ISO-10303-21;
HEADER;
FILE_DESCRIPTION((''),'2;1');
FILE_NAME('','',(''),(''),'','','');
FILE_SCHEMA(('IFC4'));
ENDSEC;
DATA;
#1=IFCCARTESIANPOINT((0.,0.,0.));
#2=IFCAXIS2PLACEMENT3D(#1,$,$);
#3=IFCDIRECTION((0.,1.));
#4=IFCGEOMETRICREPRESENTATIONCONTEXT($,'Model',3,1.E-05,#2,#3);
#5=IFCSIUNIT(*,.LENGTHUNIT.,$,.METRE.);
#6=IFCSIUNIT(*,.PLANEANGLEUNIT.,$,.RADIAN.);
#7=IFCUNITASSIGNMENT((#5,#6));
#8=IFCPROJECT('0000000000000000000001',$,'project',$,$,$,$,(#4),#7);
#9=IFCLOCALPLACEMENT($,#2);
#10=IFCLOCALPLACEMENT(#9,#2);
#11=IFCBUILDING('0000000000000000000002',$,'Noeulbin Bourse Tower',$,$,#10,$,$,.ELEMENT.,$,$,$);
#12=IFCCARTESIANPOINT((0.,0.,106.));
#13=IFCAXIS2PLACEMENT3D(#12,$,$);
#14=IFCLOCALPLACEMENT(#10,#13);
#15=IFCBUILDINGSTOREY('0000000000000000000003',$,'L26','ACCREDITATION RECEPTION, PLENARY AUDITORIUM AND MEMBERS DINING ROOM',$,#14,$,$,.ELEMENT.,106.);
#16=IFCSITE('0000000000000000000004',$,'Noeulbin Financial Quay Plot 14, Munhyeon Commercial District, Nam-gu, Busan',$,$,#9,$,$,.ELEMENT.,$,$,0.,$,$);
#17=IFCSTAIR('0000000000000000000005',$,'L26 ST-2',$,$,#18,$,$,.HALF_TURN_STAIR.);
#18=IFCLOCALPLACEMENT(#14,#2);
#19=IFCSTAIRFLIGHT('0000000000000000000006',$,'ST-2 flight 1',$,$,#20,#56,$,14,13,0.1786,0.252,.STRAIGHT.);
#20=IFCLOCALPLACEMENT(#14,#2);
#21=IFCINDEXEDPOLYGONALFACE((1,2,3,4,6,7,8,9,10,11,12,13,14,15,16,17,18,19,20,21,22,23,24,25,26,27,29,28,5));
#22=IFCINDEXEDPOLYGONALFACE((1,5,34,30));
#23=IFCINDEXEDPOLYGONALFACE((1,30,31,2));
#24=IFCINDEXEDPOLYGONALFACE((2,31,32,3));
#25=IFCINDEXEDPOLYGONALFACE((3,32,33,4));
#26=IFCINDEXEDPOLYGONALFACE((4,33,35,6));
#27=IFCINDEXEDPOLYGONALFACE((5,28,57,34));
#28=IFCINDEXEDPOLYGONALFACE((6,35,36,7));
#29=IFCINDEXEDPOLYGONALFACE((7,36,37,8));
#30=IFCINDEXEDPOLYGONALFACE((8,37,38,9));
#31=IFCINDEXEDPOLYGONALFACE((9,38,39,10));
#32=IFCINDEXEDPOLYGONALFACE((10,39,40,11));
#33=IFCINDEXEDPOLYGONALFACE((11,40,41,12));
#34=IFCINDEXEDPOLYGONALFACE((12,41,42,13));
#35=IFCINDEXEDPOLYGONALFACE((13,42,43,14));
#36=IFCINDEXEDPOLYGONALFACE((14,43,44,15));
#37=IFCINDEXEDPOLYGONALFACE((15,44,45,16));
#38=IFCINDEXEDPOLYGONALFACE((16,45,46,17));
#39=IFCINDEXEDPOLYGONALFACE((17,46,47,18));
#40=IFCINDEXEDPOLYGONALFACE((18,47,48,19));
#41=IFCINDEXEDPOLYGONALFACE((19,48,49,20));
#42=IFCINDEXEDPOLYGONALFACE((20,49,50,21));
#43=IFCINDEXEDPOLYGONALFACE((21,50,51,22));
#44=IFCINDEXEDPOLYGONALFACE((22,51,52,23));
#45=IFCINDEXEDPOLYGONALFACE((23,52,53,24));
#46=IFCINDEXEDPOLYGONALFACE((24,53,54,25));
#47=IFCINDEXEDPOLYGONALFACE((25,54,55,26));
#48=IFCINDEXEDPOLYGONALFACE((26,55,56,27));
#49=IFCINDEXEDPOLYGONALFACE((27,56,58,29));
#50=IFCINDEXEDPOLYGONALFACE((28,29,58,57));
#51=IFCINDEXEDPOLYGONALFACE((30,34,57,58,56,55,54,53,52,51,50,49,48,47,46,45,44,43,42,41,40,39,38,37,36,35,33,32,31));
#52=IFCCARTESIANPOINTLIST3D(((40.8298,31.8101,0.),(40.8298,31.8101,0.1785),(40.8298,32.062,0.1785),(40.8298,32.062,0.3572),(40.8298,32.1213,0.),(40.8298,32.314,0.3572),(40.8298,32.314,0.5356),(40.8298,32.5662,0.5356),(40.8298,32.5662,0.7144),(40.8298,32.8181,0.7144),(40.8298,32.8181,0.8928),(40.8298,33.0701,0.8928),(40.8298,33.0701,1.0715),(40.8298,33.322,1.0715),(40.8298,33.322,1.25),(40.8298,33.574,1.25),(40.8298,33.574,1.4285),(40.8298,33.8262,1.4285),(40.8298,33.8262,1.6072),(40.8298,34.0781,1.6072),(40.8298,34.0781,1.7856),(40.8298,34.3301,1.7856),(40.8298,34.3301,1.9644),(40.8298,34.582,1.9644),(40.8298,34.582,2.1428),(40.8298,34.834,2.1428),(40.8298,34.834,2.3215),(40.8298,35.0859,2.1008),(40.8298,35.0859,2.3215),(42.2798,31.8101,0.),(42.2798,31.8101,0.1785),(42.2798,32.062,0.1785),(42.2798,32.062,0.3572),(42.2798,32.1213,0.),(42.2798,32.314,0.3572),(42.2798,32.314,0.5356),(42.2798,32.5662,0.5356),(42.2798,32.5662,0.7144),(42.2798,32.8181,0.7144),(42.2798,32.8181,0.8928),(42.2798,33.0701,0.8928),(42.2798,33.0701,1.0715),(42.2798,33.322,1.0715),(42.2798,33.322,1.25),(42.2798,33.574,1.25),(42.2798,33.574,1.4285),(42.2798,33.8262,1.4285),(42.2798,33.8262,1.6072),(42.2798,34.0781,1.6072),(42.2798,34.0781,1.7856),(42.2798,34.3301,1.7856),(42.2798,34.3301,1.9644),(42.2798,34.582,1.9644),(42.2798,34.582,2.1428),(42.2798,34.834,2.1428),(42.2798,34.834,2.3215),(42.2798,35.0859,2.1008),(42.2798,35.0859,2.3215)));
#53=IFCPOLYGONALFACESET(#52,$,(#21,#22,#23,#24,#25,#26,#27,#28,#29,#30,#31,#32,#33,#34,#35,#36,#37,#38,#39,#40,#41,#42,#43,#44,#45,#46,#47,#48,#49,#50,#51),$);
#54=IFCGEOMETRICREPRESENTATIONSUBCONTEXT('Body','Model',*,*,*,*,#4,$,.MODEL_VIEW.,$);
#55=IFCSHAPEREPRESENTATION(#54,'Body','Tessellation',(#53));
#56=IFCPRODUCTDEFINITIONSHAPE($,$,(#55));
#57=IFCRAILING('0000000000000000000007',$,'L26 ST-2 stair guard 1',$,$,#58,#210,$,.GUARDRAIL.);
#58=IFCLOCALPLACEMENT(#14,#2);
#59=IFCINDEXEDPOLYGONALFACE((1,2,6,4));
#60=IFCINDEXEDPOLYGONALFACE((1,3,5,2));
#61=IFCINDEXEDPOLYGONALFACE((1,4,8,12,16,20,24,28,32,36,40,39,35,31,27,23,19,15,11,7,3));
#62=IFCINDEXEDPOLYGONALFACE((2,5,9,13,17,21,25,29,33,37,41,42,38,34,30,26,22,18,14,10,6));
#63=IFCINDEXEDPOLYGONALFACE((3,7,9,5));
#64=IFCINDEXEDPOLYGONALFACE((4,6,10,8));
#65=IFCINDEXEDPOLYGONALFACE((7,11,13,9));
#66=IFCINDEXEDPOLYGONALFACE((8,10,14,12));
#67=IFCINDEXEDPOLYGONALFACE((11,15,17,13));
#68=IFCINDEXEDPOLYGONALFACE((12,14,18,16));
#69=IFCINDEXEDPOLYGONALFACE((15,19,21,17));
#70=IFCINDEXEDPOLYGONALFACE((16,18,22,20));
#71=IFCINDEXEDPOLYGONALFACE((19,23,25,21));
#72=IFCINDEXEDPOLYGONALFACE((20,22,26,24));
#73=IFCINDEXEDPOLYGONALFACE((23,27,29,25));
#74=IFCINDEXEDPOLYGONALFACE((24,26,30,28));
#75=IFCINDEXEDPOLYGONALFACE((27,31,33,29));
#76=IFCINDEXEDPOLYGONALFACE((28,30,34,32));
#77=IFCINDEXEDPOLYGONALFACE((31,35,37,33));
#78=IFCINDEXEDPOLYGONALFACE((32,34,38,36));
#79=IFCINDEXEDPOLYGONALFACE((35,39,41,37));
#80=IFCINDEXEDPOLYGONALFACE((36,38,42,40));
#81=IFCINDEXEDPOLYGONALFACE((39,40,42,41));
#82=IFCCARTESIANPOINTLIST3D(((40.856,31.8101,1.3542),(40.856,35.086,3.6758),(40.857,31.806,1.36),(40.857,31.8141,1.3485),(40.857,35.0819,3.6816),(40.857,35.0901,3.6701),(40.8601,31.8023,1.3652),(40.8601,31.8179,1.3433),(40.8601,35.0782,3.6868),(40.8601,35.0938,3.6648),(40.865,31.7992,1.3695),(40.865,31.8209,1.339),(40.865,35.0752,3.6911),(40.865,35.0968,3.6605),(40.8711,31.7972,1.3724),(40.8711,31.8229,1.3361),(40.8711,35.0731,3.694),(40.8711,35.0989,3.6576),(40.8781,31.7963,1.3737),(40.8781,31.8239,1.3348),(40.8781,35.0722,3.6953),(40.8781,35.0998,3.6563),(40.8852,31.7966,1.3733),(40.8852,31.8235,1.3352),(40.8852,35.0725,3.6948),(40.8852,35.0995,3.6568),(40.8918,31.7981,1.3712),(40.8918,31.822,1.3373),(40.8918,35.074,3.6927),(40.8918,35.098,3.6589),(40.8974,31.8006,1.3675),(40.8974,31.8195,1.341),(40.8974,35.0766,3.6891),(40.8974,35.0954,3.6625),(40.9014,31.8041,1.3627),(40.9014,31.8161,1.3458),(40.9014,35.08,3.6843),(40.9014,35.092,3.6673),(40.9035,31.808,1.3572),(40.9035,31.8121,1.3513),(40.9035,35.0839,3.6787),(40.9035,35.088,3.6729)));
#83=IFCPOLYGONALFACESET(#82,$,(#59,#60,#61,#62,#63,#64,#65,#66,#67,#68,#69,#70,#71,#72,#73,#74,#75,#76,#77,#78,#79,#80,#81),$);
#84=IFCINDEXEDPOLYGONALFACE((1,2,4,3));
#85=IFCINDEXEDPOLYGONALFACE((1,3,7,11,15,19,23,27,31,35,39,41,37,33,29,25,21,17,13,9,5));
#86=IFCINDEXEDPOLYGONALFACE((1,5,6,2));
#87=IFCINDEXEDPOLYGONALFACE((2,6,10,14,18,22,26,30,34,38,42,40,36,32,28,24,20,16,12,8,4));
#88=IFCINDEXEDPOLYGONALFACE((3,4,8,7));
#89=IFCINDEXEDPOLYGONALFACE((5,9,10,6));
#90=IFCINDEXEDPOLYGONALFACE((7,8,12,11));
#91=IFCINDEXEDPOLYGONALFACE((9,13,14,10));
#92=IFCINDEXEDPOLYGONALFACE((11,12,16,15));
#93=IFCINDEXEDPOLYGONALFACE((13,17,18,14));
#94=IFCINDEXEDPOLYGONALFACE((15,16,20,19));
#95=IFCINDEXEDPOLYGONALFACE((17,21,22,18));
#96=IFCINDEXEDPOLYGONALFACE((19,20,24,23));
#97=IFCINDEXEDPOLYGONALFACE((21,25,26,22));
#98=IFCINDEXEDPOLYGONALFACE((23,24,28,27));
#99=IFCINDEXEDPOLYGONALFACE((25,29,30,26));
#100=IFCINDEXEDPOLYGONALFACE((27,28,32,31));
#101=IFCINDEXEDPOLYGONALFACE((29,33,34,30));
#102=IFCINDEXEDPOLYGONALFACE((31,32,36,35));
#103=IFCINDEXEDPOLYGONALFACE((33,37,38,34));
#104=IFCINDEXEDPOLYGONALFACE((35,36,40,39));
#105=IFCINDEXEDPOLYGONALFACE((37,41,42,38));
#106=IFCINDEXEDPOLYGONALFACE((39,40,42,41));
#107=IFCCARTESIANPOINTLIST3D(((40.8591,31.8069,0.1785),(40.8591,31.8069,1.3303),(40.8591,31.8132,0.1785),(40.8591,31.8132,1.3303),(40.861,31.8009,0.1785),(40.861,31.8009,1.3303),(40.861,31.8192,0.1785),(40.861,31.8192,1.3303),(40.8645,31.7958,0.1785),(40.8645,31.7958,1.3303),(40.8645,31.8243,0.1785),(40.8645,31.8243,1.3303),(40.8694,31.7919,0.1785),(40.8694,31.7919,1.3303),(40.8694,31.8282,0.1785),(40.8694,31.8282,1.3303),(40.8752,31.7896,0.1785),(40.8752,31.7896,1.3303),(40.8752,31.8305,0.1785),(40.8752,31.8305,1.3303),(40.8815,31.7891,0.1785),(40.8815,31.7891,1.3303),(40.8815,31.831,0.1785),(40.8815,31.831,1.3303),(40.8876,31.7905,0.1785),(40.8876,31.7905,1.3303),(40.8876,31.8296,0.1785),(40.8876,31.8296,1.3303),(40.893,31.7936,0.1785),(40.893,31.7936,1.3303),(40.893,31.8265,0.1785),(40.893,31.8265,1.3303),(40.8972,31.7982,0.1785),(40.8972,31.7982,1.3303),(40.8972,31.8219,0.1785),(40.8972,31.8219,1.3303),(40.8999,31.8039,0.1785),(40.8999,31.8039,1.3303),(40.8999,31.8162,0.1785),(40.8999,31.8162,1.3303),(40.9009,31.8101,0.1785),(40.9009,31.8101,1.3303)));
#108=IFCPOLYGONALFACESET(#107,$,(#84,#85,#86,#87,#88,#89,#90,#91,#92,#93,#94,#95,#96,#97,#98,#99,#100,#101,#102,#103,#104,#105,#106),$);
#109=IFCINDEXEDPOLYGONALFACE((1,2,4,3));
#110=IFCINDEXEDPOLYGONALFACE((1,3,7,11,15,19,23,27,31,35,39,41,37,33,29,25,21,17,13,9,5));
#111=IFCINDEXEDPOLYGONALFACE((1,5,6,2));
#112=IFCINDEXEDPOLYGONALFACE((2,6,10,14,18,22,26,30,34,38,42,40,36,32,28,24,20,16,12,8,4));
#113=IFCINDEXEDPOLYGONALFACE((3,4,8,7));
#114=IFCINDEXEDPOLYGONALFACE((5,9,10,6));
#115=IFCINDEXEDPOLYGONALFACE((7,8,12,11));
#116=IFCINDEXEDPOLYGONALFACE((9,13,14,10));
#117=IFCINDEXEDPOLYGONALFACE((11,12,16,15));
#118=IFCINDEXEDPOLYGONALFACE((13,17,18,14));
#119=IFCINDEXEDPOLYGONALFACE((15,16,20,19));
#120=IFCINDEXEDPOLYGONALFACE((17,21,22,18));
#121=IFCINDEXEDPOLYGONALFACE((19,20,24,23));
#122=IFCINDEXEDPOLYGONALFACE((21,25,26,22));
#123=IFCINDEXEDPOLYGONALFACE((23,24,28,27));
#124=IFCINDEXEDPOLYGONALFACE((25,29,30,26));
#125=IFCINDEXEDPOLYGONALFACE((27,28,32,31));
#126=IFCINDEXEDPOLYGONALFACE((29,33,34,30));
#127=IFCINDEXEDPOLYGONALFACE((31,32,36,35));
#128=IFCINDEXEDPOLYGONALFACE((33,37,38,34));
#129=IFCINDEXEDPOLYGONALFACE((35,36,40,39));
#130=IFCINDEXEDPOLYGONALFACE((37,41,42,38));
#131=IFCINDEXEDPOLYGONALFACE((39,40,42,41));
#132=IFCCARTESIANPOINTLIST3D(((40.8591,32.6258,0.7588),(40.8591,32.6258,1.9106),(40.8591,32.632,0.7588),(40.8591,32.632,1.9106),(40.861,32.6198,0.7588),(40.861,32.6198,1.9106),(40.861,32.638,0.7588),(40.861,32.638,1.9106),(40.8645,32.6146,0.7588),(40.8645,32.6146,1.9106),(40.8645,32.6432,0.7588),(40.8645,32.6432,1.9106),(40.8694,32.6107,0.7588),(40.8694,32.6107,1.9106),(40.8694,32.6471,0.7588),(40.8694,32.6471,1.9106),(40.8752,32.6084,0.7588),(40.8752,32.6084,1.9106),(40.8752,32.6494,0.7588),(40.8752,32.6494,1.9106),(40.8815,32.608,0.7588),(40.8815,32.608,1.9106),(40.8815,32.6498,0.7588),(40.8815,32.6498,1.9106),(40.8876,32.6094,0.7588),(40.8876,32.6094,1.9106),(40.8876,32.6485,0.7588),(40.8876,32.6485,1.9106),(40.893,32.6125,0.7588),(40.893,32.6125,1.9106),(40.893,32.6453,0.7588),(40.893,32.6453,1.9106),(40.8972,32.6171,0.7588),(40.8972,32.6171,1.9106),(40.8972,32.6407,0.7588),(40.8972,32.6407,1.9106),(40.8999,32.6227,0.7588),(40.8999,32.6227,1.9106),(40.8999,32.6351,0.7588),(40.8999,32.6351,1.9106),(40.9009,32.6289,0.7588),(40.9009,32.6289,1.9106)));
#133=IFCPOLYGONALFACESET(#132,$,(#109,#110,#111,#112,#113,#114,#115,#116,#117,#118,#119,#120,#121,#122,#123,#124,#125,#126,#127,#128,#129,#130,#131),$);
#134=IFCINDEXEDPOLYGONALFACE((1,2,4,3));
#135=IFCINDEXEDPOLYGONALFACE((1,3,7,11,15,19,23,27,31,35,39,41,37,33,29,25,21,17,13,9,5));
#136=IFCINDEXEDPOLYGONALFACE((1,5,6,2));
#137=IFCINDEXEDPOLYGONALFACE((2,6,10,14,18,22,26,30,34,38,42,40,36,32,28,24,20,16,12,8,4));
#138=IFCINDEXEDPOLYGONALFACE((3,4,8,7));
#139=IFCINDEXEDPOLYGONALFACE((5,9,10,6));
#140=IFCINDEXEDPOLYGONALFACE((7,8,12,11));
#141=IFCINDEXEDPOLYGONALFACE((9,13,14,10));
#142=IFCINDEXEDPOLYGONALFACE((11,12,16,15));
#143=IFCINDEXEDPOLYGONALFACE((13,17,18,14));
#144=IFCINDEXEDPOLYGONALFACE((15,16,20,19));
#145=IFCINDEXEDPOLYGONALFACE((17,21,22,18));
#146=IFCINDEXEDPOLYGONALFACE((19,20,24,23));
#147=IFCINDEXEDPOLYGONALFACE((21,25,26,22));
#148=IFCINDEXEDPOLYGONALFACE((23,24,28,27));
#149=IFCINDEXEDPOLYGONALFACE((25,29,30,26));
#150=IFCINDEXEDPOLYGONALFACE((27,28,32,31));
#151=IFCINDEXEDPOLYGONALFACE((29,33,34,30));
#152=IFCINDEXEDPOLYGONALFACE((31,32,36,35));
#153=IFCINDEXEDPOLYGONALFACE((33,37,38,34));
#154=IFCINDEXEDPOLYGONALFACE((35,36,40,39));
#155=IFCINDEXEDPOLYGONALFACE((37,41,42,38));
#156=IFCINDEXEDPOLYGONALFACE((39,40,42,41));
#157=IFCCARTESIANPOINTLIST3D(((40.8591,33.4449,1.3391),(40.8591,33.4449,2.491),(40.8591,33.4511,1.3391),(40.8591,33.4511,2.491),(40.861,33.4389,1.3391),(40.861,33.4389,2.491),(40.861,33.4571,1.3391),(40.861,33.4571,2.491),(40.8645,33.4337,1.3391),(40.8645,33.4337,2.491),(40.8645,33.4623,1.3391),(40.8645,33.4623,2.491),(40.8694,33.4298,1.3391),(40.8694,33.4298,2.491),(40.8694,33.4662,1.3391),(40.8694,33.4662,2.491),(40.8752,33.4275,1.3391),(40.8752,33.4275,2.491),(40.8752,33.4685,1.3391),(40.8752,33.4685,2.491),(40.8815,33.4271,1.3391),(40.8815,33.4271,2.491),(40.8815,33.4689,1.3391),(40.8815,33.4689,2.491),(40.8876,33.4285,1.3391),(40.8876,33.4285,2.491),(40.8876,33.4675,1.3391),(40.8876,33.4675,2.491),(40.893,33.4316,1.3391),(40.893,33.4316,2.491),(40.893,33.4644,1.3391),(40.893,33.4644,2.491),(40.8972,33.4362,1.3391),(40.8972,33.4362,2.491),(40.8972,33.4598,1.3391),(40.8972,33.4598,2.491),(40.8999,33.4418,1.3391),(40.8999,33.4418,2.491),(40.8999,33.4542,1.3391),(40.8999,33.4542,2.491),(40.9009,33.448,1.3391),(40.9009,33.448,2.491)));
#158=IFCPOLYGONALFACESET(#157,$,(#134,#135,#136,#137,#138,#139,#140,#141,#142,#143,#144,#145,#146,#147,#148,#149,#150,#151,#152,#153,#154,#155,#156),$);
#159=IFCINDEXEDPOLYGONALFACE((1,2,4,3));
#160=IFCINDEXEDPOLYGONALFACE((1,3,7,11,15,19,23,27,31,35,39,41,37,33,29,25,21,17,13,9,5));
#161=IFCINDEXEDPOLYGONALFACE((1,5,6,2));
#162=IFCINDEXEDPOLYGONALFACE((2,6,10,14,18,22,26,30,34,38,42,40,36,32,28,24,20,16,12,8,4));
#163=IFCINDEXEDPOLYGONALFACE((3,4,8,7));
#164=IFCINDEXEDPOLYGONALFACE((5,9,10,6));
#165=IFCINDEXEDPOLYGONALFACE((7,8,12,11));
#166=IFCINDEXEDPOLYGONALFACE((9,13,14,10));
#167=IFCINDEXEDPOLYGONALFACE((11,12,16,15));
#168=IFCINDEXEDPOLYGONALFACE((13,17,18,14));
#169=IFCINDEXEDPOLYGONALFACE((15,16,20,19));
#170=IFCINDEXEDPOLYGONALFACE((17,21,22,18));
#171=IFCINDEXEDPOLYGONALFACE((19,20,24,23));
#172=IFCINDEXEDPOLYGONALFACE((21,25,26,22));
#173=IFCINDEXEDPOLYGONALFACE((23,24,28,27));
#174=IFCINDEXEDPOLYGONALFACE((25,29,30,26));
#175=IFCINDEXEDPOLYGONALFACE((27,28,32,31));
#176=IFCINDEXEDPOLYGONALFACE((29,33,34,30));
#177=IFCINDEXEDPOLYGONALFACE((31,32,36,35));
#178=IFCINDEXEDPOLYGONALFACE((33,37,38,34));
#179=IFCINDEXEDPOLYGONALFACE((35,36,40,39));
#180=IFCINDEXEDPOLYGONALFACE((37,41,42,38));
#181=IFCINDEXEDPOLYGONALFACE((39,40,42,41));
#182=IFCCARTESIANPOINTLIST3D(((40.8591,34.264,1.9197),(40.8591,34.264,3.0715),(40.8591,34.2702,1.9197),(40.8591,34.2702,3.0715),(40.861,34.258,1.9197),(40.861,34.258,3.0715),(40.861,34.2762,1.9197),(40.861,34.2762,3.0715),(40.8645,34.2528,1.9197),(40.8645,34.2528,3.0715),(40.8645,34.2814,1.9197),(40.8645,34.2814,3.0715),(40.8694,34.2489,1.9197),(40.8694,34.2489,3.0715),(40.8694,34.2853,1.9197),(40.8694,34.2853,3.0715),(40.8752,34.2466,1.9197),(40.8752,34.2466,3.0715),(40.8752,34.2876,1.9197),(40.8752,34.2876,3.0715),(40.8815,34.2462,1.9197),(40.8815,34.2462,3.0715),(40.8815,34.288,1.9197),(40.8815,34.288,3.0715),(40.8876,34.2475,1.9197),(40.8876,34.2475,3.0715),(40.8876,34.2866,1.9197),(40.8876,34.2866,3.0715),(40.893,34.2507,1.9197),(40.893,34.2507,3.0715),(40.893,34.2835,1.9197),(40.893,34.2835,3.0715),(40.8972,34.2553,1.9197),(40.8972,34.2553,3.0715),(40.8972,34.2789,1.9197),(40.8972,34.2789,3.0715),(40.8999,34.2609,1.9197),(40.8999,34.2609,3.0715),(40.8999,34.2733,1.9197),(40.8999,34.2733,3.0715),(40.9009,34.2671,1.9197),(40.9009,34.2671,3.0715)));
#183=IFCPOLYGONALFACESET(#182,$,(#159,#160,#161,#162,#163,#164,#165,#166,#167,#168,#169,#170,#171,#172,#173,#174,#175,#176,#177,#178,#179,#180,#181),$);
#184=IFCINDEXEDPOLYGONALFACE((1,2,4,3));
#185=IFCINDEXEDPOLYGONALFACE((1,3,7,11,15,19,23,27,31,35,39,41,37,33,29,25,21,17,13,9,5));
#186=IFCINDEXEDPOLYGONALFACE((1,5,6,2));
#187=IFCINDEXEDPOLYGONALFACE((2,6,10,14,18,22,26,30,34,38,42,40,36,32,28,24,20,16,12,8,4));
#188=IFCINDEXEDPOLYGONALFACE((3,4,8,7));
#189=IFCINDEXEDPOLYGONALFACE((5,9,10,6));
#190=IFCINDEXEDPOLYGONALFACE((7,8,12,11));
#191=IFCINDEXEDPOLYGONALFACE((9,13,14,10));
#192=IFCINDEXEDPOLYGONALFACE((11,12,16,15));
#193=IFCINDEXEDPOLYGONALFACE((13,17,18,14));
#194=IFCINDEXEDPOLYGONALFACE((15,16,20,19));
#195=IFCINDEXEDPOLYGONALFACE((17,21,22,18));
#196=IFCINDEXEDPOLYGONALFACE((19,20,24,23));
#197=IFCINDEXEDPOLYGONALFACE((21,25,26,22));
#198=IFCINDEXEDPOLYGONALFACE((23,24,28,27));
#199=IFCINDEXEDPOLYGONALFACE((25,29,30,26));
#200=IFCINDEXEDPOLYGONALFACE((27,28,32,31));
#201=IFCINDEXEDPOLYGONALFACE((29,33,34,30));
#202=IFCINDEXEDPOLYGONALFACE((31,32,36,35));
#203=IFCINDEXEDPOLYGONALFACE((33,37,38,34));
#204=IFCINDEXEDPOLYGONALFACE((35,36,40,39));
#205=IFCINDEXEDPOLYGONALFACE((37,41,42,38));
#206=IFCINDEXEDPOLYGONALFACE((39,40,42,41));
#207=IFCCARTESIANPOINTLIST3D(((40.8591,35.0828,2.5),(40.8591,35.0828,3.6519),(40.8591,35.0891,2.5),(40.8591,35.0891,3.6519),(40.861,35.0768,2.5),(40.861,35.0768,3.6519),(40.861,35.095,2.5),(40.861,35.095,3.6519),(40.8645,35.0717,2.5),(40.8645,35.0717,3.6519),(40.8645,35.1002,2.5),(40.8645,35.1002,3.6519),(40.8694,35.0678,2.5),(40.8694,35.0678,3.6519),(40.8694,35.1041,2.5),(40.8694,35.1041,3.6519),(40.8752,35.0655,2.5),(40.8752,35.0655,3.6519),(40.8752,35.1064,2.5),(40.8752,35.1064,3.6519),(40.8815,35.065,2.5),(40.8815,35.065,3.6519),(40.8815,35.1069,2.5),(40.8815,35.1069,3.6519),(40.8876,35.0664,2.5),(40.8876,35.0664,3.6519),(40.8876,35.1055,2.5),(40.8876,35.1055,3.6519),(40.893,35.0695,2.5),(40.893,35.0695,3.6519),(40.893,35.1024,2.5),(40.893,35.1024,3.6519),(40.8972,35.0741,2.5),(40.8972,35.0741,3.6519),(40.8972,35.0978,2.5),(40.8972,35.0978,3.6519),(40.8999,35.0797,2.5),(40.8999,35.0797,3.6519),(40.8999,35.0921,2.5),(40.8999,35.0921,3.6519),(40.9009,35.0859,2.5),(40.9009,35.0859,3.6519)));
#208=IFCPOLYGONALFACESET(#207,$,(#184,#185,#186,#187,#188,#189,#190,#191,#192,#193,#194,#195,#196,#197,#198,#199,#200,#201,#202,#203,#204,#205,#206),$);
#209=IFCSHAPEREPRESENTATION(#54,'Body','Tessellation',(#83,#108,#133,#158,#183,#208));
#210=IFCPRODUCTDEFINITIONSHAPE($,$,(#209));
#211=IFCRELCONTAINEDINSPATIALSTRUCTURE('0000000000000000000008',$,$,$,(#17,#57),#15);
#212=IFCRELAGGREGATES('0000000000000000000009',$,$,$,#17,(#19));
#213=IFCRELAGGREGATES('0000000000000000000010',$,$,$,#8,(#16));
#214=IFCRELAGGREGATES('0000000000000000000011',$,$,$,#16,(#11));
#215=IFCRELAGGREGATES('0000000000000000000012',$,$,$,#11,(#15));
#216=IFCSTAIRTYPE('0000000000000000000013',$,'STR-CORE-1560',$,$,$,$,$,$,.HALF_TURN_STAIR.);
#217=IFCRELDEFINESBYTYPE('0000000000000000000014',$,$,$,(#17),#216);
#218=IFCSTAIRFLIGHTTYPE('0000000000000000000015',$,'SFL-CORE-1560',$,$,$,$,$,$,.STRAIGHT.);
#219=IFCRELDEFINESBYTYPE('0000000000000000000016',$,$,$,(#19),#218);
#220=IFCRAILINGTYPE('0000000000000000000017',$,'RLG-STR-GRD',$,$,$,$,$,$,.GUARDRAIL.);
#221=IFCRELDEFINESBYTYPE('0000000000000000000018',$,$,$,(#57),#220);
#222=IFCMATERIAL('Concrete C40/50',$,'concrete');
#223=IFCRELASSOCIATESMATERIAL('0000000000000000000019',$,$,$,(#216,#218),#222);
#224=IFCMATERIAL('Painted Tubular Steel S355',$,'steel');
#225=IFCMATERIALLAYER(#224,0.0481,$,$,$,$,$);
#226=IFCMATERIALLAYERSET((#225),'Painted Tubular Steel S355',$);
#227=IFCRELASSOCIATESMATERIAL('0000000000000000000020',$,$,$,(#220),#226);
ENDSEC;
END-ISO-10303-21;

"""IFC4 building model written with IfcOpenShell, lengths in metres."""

from ifc_helpers import new_model, si_unit, direction, frame, origin, origin_2d, place, context, subcontext, project, spatial, polyline, circle, outline, extrude, material, layer, layer_set, type_object, element, aggregate, save


model = new_model("IFC4")

# Units and contexts
model_context = context("Model", 3, precision=1e-05, world=origin(), true_north=direction((0.0, 1.0)))
body_context = subcontext(model_context, "Body", "Model", "MODEL_VIEW")
ifc_project = project(units=[si_unit("LENGTHUNIT", "METRE"), si_unit("PLANEANGLEUNIT", "RADIAN")], contexts=[model_context])

# Site, building, storey
site_placement = place(None, origin())
site = spatial("IfcSite", under=ifc_project, at=site_placement, Name="Noeulbin Financial Quay Plot 14, Munhyeon Commercial District, Nam-gu, Busan", CompositionType="ELEMENT", RefElevation=0.0)
building_placement = place(site_placement, origin())
building = spatial("IfcBuilding", under=site, at=building_placement, Name="Noeulbin Bourse Tower", CompositionType="ELEMENT")
storey_placement = place(building_placement, frame((0.0, 0.0, 106.0)))
storey = spatial("IfcBuildingStorey", under=building, at=storey_placement, Name="L26", Description="ACCREDITATION RECEPTION, PLENARY AUDITORIUM AND MEMBERS DINING ROOM", CompositionType="ELEMENT", Elevation=106.0)

# Shared definitions
ifc_material_1 = material(Name="Concrete C40/50", Category="concrete")

# Stair, stair flight
stair_type = type_object("IfcStairType", Name="STR-CORE-1560", PredefinedType="HALF_TURN_STAIR", material=ifc_material_1)
stair_placement = place(storey_placement, origin())
stair = element("IfcStair", 1, at=stair_placement, inside=storey, type_object=stair_type, Name="L26 ST-2", PredefinedType="HALF_TURN_STAIR")
stair_flight_type = type_object("IfcStairFlightType", Name="SFL-CORE-1560", PredefinedType="STRAIGHT", material=ifc_material_1)
stair_flight_placement = place(storey_placement, frame((41.5549, 31.8101, 0.0), z_axis=(0.0, 0.0, 1.0), x_axis=(0.0, 1.0, 0.0)))
stair_flight = element("IfcStairFlight", 2, at=stair_flight_placement, type_object=stair_flight_type, Name="ST-2 flight 1", NumberOfRisers=14, NumberOfTreads=13, PredefinedType="STRAIGHT", RiserHeight=0.1786, TreadLength=0.252, context=body_context, shape_type="SweptSolid", body=[
    extrude(outline(polyline([(0.0, 0.0), (0.0, 0.1785), (0.252, 0.1785), (0.252, 0.3572), (0.5039, 0.3572), (0.5039, 0.5356), (0.7561, 0.5356), (0.7561, 0.7144), (1.0081, 0.7144), (1.0081, 0.8928), (1.26, 0.8928), (1.26, 1.0715), (1.512, 1.0715), (1.512, 1.25), (1.7639, 1.25), (1.7639, 1.4285), (2.0161, 1.4285), (2.0161, 1.6072), (2.2681, 1.6072), (2.2681, 1.7856), (2.52, 1.7856), (2.52, 1.9644), (2.772, 1.9644), (2.772, 2.1428), (3.0239, 2.1428), (3.0239, 2.3215), (3.2759, 2.3215), (3.2759, 2.5), (3.2759, 2.1008), (0.3113, 0.0), (0.0, 0.0)])), frame((0.0, 0.7251, 0.0), z_axis=(0.0, -1.0, 0.0), x_axis=(1.0, 0.0, 0.0)), (0.0, 0.0, 1.0), 1.45),
])
aggregate(stair, [stair_flight])

# Railing
ifc_material_2 = material(Name="Painted Tubular Steel S355", Category="steel")
ifc_layer_1 = layer(ifc_material_2, 0.0481)
ifc_layer_set_1 = layer_set([ifc_layer_1], Name="Painted Tubular Steel S355")
railing_type_1 = type_object("IfcRailingType", Name="RLG-STR-GRD", PredefinedType="GUARDRAIL", material=ifc_layer_set_1)
railing_1_placement = place(storey_placement, frame((40.8799, 31.8101, 0.1785)))
element("IfcRailing", 3, at=railing_1_placement, inside=storey, type_object=railing_type_1, Name="L26 ST-2 stair guard 1", PredefinedType="GUARDRAIL", context=body_context, shape_type="SweptSolid", body=[
    extrude(circle(Radius=0.0239, at=origin_2d()), frame((0.0, 0.0, 1.1758), z_axis=(0.0, 0.815893, 0.578203), x_axis=(-1.0, 0.0, 0.0)), (0.0, 0.0, 1.0), 4.0151),
    extrude(circle(Radius=0.021, at=origin_2d()), origin(), (0.0, 0.0, 1.0), 1.1519),
    extrude(circle(Radius=0.021, at=origin_2d()), frame((0.0, 0.8188, 0.5803)), (0.0, 0.0, 1.0), 1.1519),
    extrude(circle(Radius=0.021, at=origin_2d()), frame((0.0, 1.6379, 1.1606)), (0.0, 0.0, 1.0), 1.1519),
    extrude(circle(Radius=0.021, at=origin_2d()), frame((0.0, 2.457, 1.7412)), (0.0, 0.0, 1.0), 1.1519),
    extrude(circle(Radius=0.021, at=origin_2d()), frame((0.0, 3.2759, 2.3215)), (0.0, 0.0, 1.0), 1.1519),
])

save(model, "model.ifc")
